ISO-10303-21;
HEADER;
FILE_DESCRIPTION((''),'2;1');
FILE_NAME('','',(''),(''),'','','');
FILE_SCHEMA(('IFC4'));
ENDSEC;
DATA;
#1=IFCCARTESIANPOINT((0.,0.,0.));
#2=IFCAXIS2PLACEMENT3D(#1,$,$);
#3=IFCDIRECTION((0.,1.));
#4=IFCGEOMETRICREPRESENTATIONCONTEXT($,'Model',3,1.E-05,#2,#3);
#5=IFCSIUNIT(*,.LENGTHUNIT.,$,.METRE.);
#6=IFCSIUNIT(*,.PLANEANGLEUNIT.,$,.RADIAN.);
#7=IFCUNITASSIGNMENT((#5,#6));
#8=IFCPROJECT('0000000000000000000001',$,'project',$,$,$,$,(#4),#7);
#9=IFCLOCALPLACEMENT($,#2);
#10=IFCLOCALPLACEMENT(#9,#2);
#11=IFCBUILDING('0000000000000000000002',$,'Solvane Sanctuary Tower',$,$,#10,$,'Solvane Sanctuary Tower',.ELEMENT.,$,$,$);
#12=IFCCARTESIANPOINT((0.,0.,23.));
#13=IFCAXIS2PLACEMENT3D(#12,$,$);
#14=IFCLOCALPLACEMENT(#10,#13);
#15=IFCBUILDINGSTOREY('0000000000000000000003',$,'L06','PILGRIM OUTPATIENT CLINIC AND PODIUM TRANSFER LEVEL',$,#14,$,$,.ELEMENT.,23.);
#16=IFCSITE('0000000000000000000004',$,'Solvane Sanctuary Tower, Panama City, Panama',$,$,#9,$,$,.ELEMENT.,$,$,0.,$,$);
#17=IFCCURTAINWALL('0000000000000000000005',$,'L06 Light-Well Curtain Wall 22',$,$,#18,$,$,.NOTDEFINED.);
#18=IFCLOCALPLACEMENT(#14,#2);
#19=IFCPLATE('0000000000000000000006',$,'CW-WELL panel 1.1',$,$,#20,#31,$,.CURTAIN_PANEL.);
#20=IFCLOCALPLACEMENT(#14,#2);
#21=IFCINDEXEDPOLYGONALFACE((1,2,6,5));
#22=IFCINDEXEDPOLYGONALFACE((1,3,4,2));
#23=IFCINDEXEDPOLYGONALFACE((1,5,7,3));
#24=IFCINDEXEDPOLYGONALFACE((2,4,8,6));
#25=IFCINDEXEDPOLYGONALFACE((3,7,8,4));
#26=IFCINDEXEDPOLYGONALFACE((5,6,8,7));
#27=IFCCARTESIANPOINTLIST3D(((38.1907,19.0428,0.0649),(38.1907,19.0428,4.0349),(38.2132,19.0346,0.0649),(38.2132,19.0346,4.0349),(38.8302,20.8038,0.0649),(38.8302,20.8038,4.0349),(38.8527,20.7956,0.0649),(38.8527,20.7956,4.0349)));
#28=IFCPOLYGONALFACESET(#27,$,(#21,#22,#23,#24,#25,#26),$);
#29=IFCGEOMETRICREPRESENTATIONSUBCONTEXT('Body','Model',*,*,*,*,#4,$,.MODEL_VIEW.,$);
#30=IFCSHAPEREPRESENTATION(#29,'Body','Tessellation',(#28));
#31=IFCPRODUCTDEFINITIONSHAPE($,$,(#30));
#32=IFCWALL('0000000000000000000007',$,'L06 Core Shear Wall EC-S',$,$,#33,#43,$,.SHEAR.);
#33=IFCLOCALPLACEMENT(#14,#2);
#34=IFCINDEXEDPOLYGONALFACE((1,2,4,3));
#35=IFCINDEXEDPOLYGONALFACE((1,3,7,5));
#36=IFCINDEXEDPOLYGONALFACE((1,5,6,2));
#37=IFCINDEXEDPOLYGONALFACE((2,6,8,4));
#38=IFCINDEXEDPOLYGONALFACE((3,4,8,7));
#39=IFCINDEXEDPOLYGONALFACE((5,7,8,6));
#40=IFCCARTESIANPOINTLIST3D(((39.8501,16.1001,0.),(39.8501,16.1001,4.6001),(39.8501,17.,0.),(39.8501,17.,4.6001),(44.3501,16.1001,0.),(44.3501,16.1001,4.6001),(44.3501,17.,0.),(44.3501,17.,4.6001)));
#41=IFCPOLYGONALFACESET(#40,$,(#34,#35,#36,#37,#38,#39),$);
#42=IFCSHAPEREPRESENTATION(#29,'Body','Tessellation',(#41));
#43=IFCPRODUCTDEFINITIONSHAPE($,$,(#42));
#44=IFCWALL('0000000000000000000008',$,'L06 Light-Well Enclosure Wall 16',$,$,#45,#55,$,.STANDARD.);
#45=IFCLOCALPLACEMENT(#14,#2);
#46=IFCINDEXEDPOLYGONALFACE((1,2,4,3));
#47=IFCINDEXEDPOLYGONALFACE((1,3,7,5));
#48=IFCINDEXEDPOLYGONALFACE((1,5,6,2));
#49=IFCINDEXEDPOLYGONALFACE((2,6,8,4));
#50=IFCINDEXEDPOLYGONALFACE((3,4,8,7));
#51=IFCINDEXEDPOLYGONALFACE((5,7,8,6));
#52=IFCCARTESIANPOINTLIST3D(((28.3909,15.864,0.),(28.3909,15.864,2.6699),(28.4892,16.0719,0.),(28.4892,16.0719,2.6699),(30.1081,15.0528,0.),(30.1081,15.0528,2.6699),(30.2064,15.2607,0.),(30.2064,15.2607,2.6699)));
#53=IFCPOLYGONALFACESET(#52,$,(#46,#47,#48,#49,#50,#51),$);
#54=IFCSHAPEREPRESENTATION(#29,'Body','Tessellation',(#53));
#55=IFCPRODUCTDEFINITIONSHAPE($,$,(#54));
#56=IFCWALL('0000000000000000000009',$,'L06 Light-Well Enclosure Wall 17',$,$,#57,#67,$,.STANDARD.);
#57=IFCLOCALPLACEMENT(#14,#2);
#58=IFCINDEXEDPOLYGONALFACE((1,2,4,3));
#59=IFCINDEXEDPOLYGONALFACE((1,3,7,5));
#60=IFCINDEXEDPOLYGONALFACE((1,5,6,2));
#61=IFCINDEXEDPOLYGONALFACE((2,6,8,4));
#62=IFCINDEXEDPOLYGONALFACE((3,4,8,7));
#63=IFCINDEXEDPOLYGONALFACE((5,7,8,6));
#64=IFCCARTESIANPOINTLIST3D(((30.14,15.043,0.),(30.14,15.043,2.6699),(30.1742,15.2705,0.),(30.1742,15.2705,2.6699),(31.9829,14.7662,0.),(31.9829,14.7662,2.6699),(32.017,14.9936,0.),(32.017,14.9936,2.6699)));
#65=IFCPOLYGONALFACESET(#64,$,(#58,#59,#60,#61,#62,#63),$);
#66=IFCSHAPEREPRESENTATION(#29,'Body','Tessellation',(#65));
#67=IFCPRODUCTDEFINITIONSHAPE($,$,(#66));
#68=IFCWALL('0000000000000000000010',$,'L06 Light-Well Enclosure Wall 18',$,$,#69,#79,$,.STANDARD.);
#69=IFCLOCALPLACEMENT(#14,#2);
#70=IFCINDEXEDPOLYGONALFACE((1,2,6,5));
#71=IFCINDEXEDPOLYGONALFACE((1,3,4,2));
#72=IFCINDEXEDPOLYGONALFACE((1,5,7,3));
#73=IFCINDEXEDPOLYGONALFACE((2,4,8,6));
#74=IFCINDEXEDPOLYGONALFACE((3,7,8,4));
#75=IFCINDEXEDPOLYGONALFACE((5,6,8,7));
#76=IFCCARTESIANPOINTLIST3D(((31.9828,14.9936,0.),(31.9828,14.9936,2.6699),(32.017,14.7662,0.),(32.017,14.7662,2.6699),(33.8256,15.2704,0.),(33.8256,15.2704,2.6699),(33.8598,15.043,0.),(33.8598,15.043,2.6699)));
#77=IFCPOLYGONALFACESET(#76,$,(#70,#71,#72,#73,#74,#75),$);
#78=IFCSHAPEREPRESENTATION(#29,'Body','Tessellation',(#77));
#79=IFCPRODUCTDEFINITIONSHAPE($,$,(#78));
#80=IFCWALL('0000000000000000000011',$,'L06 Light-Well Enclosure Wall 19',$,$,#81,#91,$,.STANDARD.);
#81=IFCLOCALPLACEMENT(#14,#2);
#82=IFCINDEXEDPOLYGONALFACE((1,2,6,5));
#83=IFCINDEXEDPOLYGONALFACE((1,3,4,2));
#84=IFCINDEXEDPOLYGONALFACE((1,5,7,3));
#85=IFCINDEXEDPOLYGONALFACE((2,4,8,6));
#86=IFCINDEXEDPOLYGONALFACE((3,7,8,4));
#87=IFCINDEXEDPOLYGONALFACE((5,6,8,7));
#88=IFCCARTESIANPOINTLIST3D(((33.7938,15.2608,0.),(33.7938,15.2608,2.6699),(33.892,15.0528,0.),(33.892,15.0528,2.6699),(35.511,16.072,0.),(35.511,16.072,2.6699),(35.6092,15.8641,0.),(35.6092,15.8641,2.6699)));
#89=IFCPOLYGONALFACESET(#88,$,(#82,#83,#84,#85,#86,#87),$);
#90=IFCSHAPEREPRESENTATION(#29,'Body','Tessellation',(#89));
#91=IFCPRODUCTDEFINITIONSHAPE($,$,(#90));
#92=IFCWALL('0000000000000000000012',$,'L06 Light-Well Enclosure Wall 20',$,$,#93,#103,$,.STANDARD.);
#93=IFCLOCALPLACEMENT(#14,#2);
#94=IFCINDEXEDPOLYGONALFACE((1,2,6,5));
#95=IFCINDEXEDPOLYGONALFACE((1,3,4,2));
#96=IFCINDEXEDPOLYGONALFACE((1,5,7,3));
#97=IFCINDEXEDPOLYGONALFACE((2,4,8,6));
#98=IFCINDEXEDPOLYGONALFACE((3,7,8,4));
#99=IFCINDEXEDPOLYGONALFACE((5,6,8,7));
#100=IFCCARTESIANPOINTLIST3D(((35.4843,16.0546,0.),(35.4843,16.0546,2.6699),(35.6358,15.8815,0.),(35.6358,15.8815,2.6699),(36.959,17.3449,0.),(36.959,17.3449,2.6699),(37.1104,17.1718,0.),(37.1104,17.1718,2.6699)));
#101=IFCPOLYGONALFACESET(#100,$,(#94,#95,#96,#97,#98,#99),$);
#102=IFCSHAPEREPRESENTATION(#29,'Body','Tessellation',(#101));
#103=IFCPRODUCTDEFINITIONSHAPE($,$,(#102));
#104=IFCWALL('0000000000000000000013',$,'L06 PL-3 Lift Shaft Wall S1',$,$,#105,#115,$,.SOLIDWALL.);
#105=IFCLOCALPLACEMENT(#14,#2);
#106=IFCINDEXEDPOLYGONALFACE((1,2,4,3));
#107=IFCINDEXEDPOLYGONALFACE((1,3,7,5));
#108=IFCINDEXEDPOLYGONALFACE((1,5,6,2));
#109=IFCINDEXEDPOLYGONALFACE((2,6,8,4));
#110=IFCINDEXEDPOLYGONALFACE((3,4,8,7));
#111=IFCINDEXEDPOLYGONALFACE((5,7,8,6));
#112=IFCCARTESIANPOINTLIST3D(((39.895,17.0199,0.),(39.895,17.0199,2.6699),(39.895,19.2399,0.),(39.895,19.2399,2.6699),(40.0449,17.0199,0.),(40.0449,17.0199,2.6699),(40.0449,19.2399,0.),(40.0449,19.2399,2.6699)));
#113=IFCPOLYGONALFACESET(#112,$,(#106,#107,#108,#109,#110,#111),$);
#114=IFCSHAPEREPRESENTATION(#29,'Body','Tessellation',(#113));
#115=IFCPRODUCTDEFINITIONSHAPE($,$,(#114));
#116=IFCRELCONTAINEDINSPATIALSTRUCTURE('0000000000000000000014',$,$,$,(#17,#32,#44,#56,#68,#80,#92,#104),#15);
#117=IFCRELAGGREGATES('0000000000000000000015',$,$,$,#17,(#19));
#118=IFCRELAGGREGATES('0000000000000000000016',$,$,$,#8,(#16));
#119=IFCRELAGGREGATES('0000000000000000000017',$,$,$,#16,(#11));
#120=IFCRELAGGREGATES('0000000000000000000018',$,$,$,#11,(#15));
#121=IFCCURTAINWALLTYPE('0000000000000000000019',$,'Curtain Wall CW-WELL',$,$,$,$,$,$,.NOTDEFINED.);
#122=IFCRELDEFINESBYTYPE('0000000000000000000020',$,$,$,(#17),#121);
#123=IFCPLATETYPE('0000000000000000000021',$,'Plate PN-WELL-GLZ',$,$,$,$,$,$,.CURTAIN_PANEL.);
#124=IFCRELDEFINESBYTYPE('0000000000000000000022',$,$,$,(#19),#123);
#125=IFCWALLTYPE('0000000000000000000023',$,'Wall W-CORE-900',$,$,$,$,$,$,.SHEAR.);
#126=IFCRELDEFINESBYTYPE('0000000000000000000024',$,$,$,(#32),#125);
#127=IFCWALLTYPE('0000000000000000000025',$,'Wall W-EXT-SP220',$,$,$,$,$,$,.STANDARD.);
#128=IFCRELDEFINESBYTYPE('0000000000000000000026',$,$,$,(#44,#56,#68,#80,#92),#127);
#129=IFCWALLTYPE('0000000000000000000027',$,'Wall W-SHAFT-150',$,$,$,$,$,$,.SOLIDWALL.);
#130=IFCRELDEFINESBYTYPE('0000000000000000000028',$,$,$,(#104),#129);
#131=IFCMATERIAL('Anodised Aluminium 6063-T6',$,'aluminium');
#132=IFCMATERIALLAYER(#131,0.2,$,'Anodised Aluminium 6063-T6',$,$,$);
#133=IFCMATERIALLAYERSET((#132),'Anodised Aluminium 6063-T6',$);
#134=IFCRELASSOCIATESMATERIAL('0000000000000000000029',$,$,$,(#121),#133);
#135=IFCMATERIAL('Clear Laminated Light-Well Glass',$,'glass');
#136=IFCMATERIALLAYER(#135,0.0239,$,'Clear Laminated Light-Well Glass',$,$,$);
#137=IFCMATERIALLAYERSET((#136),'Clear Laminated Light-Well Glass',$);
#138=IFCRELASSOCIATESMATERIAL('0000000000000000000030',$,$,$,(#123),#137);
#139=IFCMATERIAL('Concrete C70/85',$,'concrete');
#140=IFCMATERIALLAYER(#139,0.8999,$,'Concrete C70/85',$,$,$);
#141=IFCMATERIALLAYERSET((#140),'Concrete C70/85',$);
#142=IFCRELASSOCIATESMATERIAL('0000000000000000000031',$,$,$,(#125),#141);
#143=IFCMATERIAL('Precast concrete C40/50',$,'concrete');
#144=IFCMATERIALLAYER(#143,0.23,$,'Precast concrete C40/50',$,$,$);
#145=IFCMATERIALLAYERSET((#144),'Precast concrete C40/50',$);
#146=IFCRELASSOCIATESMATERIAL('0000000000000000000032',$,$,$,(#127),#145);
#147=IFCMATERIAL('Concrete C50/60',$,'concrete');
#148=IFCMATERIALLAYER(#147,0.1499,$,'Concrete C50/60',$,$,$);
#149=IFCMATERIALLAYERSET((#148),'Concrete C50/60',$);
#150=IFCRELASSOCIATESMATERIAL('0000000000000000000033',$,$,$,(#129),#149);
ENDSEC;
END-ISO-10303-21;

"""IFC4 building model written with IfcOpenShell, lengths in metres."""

from ifc_helpers import new_model, si_unit, direction, frame, frame_2d, origin, origin_2d, place, context, subcontext, project, spatial, rectangle, extrude, material, layer, layer_set, type_object, element, aggregate, save


model = new_model("IFC4")

# Units and contexts
model_context = context("Model", 3, precision=1e-05, world=origin(), true_north=direction((0.0, 1.0)))
body_context = subcontext(model_context, "Body", "Model", "MODEL_VIEW")
ifc_project = project(units=[si_unit("LENGTHUNIT", "METRE"), si_unit("PLANEANGLEUNIT", "RADIAN")], contexts=[model_context])

# Site, building, storey
site_placement = place(None, origin())
site = spatial("IfcSite", under=ifc_project, at=site_placement, Name="Solvane Sanctuary Tower, Panama City, Panama", CompositionType="ELEMENT", RefElevation=0.0)
building_placement = place(site_placement, origin())
building = spatial("IfcBuilding", under=site, at=building_placement, Name="Solvane Sanctuary Tower", LongName="Solvane Sanctuary Tower", CompositionType="ELEMENT")
storey_placement = place(building_placement, frame((0.0, 0.0, 23.0)))
storey = spatial("IfcBuildingStorey", under=building, at=storey_placement, Name="L06", Description="PILGRIM OUTPATIENT CLINIC AND PODIUM TRANSFER LEVEL", CompositionType="ELEMENT", Elevation=23.0)

# Shared definitions
ifc_material_1 = material(Name="Concrete C70/85", Category="concrete")

# Shared definitions
ifc_material_2 = material(Name="Anodised Aluminium 6063-T6", Category="aluminium")
ifc_layer_1 = layer(ifc_material_2, 0.2, Name="Anodised Aluminium 6063-T6")
ifc_layer_set_1 = layer_set([ifc_layer_1], Name="Anodised Aluminium 6063-T6")
curtain_wall_type = type_object("IfcCurtainWallType", Name="Curtain Wall CW-WELL", PredefinedType="NOTDEFINED", material=ifc_layer_set_1)

# Curtain wall
curtain_wall_1_placement = place(storey_placement, origin())
curtain_wall_1 = element("IfcCurtainWall", 1, at=curtain_wall_1_placement, inside=storey, type_object=curtain_wall_type, Name="L06 Light-Well Curtain Wall 22", PredefinedType="NOTDEFINED")

# Plate
ifc_material_3 = material(Name="Clear Laminated Light-Well Glass", Category="glass")
ifc_layer_2 = layer(ifc_material_3, 0.0239, Name="Clear Laminated Light-Well Glass")
ifc_layer_set_2 = layer_set([ifc_layer_2], Name="Clear Laminated Light-Well Glass")
plate_type = type_object("IfcPlateType", Name="Plate PN-WELL-GLZ", PredefinedType="CURTAIN_PANEL", material=ifc_layer_set_2)
plate_1_placement = place(storey_placement, frame((38.5217, 19.9192, 0.0649), z_axis=(0.0, 0.0, 1.0), x_axis=(0.341346, 0.939938, 0.0)))
plate_1 = element("IfcPlate", 2, at=plate_1_placement, type_object=plate_type, Name="CW-WELL panel 1.1", PredefinedType="CURTAIN_PANEL", context=body_context, shape_type="SweptSolid", body=[
    extrude(rectangle(XDim=1.8735, YDim=0.0239, at=origin_2d()), origin(), (0.0, 0.0, 1.0), 3.97),
])
aggregate(curtain_wall_1, [plate_1])

# Walls
ifc_layer_3 = layer(ifc_material_1, 0.8999, Name="Concrete C70/85")
ifc_layer_set_3 = layer_set([ifc_layer_3], Name="Concrete C70/85")
wall_type_1 = type_object("IfcWallType", Name="Wall W-CORE-900", PredefinedType="SHEAR", material=ifc_layer_set_3)
wall_1_placement = place(storey_placement, frame((39.8501, 16.55, 0.0), z_axis=(0.0, 0.0, 1.0), x_axis=(1.0, 0.0, 0.0)))
element("IfcWall", 3, at=wall_1_placement, inside=storey, type_object=wall_type_1, Name="L06 Core Shear Wall EC-S", PredefinedType="SHEAR", context=body_context, shape_type="SweptSolid", body=[
    extrude(rectangle(XDim=4.5, YDim=0.8999, at=frame_2d((2.25, 0.0))), origin(), (0.0, 0.0, 1.0), 4.6001),
])
ifc_material_4 = material(Name="Precast concrete C40/50", Category="concrete")
ifc_layer_4 = layer(ifc_material_4, 0.23, Name="Precast concrete C40/50")
ifc_layer_set_4 = layer_set([ifc_layer_4], Name="Precast concrete C40/50")
wall_type_2 = type_object("IfcWallType", Name="Wall W-EXT-SP220", PredefinedType="STANDARD", material=ifc_layer_set_4)
wall_2_placement = place(storey_placement, frame((28.4399, 15.968, 0.0), z_axis=(0.0, 0.0, 1.0), x_axis=(0.90418, -0.427152, 0.0)))
element("IfcWall", 4, at=wall_2_placement, inside=storey, type_object=wall_type_2, Name="L06 Light-Well Enclosure Wall 16", PredefinedType="STANDARD", context=body_context, shape_type="SweptSolid", body=[
    extrude(rectangle(XDim=1.8992, YDim=0.23, at=frame_2d((0.9497, 0.0))), origin(), (0.0, 0.0, 1.0), 2.6699),
])
for number, where, z_axis, x_axis, name in (
    (5, (30.1572, 15.1567, 0.0), (0.0, 0.0, 1.0), (0.988902, -0.148571, 0.0), "L06 Light-Well Enclosure Wall 17"),
    (6, (32.0, 14.8799, 0.0), (0.0, 0.0, 1.0), (0.988902, 0.148571, 0.0), "L06 Light-Well Enclosure Wall 18"),
):
    element("IfcWall", number, at=place(storey_placement, frame(where, z_axis=z_axis, x_axis=x_axis)), inside=storey, type_object=wall_type_2, Name=name, PredefinedType="STANDARD", context=body_context, shape_type="SweptSolid", body=[
        extrude(rectangle(XDim=1.8635, YDim=0.23, at=frame_2d((0.9316, 0.0))), origin(), (0.0, 0.0, 1.0), 2.6699),
    ])
wall_3_placement = place(storey_placement, frame((33.8428, 15.1567, 0.0), z_axis=(0.0, 0.0, 1.0), x_axis=(0.90418, 0.427152, 0.0)))
element("IfcWall", 7, at=wall_3_placement, inside=storey, type_object=wall_type_2, Name="L06 Light-Well Enclosure Wall 19", PredefinedType="STANDARD", context=body_context, shape_type="SweptSolid", body=[
    extrude(rectangle(XDim=1.8992, YDim=0.23, at=frame_2d((0.9497, 0.0))), origin(), (0.0, 0.0, 1.0), 2.6699),
])
wall_4_placement = place(storey_placement, frame((35.5601, 15.968, 0.0), z_axis=(0.0, 0.0, 1.0), x_axis=(0.752577, 0.658505, 0.0)))
element("IfcWall", 8, at=wall_4_placement, inside=storey, type_object=wall_type_2, Name="L06 Light-Well Enclosure Wall 20", PredefinedType="STANDARD", context=body_context, shape_type="SweptSolid", body=[
    extrude(rectangle(XDim=1.9595, YDim=0.23, at=frame_2d((0.9797, 0.0))), origin(), (0.0, 0.0, 1.0), 2.6699),
])
ifc_material_5 = material(Name="Concrete C50/60", Category="concrete")
ifc_layer_5 = layer(ifc_material_5, 0.1499, Name="Concrete C50/60")
ifc_layer_set_5 = layer_set([ifc_layer_5], Name="Concrete C50/60")
wall_type_3 = type_object("IfcWallType", Name="Wall W-SHAFT-150", PredefinedType="SOLIDWALL", material=ifc_layer_set_5)
wall_5_placement = place(storey_placement, frame((39.97, 17.02, 0.0), z_axis=(0.0, 0.0, 1.0), x_axis=(0.0, 1.0, 0.0)))
element("IfcWall", 9, at=wall_5_placement, inside=storey, type_object=wall_type_3, Name="L06 PL-3 Lift Shaft Wall S1", PredefinedType="SOLIDWALL", context=body_context, shape_type="SweptSolid", body=[
    extrude(rectangle(XDim=2.22, YDim=0.1499, at=frame_2d((1.1099, 0.0))), origin(), (0.0, 0.0, 1.0), 2.6699),
])

save(model, "model.ifc")
